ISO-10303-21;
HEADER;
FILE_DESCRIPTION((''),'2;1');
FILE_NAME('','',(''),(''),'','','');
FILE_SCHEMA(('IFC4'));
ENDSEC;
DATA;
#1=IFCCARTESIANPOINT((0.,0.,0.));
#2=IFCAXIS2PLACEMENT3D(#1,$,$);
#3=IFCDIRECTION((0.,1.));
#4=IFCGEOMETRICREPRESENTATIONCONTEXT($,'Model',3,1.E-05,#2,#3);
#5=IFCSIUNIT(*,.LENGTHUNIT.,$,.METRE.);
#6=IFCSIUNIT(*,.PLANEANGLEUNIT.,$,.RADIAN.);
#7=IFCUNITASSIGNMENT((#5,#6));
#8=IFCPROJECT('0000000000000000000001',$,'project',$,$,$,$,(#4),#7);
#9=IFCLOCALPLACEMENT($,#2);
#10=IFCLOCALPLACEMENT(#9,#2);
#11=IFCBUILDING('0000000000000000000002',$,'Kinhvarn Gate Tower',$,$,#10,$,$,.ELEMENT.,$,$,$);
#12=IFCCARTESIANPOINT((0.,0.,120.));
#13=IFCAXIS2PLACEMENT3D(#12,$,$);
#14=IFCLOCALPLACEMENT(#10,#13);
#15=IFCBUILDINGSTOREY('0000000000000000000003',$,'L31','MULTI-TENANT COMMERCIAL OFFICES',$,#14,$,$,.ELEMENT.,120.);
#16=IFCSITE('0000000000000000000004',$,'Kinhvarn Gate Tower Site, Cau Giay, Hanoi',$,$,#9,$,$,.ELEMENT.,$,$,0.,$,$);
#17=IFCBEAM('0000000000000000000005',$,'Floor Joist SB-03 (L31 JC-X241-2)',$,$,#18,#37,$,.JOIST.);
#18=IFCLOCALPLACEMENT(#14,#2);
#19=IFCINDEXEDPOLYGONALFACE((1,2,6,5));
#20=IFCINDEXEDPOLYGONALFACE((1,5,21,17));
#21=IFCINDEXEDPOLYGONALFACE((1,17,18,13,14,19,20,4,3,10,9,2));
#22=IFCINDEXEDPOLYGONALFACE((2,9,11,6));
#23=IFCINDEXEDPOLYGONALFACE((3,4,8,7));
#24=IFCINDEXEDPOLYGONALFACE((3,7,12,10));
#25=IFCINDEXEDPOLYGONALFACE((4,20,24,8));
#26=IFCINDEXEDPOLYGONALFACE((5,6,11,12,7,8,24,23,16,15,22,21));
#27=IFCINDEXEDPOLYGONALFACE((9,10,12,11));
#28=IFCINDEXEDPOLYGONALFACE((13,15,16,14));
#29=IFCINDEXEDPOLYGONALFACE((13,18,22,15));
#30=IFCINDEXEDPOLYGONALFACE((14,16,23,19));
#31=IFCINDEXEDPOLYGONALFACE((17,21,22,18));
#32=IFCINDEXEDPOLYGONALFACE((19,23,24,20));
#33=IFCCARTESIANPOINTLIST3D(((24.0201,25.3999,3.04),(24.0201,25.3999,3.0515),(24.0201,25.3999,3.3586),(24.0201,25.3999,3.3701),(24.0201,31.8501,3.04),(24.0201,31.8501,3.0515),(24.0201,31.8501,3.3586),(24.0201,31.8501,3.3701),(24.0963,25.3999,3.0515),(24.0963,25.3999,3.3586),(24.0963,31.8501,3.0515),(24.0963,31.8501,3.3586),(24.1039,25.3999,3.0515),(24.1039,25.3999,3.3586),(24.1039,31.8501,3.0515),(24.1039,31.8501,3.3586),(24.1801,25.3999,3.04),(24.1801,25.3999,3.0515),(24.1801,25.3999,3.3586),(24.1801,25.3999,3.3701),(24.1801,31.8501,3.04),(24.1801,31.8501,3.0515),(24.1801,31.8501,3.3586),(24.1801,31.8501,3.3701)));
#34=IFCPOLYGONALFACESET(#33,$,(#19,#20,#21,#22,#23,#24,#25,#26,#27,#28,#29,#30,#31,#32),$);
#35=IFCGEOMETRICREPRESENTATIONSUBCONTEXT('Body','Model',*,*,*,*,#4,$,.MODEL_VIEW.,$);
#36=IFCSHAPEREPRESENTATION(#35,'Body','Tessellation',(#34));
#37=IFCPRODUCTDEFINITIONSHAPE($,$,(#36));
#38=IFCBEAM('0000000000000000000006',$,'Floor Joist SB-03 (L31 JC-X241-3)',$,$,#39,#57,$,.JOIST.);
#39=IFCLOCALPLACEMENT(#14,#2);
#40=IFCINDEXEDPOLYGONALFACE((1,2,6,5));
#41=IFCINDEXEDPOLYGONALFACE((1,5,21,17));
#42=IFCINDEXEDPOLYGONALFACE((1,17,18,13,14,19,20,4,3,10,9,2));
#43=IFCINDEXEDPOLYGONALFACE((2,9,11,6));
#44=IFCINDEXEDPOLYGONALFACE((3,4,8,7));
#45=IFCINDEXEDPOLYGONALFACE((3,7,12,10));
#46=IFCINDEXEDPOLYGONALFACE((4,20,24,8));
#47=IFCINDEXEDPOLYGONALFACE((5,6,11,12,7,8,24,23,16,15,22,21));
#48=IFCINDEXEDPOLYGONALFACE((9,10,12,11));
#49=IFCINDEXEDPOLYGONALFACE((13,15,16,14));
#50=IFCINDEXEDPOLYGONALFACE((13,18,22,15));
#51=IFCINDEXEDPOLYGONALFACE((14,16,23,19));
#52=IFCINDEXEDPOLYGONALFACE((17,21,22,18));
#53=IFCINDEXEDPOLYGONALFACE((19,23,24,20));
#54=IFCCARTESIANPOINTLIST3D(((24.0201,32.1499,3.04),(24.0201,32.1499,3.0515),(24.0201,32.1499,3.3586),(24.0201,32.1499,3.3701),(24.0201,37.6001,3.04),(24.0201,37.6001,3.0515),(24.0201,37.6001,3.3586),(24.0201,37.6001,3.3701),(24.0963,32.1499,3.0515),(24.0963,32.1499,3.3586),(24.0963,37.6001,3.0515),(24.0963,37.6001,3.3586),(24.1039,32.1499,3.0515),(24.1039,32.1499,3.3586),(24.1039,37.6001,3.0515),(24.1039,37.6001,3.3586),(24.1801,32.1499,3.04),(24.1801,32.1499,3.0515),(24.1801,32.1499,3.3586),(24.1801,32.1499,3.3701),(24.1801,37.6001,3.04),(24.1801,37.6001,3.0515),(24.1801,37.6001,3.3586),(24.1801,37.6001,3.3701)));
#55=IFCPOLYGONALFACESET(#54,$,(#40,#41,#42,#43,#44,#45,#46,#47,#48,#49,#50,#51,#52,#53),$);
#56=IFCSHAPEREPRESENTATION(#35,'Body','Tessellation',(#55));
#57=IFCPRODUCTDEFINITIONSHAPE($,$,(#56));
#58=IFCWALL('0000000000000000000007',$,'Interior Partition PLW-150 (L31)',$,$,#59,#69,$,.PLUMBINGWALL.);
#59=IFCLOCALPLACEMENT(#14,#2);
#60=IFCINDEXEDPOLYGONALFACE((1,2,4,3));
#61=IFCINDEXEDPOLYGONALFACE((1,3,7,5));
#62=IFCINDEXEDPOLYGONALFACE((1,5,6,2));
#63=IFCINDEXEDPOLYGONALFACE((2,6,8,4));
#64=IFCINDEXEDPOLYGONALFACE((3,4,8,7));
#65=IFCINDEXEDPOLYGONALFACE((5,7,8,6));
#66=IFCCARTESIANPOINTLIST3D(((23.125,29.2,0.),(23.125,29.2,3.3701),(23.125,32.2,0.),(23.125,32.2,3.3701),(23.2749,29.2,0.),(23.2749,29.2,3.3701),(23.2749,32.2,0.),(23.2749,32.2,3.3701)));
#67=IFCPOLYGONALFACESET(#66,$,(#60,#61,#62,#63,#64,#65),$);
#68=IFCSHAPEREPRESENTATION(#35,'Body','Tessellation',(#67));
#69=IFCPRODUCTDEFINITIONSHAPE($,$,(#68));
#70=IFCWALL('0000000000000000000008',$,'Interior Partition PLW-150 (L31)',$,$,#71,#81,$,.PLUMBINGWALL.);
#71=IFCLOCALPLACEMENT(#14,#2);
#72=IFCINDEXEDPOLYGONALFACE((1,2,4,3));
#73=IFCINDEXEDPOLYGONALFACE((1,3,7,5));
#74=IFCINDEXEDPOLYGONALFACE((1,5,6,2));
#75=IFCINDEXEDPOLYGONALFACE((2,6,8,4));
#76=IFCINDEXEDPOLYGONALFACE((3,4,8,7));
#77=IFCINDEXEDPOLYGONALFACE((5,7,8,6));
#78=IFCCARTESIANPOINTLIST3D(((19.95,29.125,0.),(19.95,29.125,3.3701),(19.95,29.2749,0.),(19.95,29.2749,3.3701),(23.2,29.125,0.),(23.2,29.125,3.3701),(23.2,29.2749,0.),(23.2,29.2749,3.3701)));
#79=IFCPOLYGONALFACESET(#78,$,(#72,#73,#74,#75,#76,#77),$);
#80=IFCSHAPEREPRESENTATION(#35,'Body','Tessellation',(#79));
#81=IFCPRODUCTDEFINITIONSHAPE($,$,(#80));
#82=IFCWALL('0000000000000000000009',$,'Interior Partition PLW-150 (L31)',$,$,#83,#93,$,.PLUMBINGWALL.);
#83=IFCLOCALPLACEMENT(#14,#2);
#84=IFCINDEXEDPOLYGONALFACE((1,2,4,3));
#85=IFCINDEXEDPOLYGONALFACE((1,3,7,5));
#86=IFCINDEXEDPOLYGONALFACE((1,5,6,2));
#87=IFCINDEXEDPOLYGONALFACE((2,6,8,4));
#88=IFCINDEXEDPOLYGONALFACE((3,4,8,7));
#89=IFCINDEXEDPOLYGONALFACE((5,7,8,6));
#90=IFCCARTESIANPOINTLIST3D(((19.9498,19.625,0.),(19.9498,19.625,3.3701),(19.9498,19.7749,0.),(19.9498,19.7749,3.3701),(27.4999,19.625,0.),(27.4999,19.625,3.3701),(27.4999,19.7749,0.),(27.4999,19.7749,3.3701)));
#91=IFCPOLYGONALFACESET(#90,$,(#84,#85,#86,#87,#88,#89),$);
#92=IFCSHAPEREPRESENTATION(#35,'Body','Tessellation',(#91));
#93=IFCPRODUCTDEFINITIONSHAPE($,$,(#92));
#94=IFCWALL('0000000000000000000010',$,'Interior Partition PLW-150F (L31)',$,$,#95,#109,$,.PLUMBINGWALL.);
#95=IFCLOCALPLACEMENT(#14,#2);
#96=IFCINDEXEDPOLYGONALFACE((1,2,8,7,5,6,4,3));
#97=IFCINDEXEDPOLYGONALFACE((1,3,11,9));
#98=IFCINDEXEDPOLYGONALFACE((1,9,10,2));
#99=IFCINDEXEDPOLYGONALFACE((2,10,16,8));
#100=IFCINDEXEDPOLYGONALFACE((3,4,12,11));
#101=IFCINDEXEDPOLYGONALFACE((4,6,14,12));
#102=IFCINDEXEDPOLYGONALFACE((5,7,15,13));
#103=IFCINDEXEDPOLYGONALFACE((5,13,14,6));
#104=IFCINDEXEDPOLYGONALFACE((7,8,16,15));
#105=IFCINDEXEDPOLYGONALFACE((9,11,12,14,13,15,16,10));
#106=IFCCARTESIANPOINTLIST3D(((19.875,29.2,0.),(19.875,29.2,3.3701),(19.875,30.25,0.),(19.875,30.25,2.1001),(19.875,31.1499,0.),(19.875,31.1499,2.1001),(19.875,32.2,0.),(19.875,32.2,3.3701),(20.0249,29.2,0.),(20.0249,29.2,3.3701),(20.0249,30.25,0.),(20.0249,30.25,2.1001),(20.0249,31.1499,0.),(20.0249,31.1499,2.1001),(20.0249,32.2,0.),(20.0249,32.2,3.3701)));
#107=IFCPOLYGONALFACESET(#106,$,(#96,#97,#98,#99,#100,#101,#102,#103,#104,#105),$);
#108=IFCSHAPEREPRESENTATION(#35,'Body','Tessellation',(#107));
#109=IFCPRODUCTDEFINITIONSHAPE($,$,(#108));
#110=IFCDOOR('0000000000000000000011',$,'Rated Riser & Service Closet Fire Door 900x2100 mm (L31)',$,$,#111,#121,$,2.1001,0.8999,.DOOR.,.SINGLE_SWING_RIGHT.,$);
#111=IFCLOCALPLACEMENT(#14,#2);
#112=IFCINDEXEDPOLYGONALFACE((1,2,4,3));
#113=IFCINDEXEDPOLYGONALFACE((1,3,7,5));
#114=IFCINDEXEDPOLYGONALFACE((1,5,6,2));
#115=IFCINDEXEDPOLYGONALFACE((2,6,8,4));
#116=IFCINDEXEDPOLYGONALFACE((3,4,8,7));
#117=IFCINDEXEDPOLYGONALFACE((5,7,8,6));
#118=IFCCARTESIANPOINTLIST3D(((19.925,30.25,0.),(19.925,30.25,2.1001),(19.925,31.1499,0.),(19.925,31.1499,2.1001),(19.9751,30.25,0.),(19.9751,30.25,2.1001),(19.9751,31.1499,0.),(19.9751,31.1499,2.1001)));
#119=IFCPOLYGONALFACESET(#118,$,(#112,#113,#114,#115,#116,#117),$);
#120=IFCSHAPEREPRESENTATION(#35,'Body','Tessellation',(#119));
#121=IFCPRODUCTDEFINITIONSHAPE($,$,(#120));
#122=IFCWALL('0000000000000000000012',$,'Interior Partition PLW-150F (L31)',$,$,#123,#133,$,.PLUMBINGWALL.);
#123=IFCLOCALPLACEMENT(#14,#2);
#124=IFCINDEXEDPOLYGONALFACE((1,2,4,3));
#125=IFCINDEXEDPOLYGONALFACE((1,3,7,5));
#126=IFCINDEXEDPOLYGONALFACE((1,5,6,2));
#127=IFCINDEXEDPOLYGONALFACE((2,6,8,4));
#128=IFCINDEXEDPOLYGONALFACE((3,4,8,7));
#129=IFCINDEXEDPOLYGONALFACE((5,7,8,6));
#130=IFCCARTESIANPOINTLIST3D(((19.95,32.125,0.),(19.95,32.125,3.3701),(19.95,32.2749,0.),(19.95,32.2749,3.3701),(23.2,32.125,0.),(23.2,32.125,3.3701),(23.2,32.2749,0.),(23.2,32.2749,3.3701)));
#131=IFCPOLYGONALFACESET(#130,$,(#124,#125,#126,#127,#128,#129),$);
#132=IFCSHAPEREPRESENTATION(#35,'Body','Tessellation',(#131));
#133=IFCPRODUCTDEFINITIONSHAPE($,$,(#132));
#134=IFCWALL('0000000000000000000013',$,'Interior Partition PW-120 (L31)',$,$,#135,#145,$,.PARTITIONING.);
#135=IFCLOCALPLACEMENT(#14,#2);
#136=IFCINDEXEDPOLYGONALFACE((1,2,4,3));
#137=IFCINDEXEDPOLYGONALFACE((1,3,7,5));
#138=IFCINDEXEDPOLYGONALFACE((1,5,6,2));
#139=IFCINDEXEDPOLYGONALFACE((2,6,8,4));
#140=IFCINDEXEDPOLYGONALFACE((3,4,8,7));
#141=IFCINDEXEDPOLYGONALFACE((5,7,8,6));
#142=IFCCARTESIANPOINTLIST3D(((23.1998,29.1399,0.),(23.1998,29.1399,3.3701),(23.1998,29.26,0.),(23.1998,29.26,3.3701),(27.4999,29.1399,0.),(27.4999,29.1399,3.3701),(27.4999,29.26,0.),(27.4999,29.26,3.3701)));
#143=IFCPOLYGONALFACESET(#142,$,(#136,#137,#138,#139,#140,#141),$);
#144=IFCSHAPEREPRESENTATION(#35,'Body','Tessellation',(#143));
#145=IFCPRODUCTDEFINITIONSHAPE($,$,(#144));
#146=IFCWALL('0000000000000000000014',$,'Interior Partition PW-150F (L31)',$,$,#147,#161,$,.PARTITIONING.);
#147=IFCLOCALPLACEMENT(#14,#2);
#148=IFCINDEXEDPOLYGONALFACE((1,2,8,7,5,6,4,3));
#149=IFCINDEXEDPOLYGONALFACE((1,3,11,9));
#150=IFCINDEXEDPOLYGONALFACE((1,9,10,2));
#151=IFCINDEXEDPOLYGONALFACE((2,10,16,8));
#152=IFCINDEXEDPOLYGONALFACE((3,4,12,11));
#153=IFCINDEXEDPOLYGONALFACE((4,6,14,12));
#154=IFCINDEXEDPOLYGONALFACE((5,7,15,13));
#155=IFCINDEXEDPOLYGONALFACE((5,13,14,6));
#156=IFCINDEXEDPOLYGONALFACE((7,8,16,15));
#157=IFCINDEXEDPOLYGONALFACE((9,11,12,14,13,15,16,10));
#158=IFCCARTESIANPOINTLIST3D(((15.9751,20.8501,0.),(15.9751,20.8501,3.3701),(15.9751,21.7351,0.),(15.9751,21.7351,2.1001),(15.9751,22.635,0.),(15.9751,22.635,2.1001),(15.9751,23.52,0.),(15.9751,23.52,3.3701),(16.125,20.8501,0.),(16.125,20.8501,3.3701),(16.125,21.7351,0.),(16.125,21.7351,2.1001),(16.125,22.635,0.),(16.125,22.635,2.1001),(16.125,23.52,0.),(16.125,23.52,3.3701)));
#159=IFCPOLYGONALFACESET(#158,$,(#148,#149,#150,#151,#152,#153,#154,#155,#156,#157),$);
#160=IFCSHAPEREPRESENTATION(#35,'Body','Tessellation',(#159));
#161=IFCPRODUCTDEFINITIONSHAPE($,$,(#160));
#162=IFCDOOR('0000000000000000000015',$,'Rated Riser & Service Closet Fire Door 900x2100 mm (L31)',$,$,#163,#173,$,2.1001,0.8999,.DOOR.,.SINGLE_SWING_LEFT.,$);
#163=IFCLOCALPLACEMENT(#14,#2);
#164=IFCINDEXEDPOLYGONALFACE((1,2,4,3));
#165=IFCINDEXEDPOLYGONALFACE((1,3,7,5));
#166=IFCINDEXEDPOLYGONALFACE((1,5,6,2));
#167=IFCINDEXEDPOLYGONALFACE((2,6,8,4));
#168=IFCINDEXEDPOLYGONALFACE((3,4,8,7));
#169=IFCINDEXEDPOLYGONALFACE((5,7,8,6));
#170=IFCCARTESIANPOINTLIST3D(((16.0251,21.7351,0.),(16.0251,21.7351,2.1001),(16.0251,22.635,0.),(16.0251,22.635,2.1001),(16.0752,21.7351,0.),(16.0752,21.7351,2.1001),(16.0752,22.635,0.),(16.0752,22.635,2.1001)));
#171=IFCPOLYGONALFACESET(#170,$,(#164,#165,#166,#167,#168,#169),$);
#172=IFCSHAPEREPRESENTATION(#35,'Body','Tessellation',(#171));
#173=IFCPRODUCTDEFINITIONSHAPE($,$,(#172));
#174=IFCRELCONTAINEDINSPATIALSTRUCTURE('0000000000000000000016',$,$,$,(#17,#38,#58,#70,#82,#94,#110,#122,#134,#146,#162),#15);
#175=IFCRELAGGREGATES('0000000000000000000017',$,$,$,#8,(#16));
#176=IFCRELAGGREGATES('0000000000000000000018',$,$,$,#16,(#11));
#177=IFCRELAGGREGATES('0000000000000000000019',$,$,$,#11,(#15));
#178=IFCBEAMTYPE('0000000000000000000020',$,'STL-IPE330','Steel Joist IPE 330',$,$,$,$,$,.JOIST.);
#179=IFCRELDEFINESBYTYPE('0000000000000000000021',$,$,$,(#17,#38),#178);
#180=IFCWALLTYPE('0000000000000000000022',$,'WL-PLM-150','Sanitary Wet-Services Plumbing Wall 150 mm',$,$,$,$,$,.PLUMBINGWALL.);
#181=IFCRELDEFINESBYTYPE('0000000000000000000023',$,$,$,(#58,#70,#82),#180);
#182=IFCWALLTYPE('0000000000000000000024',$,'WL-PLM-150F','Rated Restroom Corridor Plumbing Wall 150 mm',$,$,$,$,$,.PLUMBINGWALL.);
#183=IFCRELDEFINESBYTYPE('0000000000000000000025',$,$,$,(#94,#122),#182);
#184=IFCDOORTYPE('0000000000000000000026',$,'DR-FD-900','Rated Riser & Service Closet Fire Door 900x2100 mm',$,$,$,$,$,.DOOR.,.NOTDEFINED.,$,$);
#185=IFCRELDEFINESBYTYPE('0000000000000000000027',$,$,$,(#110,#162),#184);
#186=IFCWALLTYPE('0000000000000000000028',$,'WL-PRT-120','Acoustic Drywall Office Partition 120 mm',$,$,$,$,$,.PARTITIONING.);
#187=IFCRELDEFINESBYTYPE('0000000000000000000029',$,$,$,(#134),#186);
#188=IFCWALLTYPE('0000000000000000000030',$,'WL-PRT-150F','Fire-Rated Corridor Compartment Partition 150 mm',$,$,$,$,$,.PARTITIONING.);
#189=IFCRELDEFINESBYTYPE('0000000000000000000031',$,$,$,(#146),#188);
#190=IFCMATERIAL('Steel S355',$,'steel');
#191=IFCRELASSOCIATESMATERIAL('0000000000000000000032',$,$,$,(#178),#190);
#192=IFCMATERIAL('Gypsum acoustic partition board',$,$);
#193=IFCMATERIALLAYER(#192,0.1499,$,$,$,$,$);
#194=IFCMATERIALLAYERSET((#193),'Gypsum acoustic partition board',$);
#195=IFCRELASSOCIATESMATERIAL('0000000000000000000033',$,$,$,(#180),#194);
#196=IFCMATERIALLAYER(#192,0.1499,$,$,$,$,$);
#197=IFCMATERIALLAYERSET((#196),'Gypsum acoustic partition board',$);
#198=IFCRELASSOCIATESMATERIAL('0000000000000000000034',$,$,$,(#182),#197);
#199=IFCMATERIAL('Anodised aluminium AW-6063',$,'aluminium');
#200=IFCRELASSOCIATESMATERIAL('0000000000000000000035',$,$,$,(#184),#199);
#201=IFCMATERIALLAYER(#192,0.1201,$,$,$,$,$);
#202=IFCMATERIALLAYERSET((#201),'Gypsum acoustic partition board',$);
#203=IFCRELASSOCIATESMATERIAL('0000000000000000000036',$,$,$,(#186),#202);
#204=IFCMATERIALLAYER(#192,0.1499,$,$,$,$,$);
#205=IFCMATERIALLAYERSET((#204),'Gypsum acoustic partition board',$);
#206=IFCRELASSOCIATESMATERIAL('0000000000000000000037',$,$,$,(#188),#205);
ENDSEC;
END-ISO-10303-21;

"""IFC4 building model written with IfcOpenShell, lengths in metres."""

from ifc_helpers import new_model, si_unit, direction, frame, frame_2d, origin, origin_2d, place, context, subcontext, project, spatial, rectangle, i_section, extrude, material, layer, layer_set, material_profile, profile_set, type_object, element, fill, save


model = new_model("IFC4")

# Units and contexts
model_context = context("Model", 3, precision=1e-05, world=origin(), true_north=direction((0.0, 1.0)))
body_context = subcontext(model_context, "Body", "Model", "MODEL_VIEW")
ifc_project = project(units=[si_unit("LENGTHUNIT", "METRE"), si_unit("PLANEANGLEUNIT", "RADIAN")], contexts=[model_context])

# Site, building, storey
site_placement = place(None, origin())
site = spatial("IfcSite", under=ifc_project, at=site_placement, Name="Kinhvarn Gate Tower Site, Cau Giay, Hanoi", CompositionType="ELEMENT", RefElevation=0.0)
building_placement = place(site_placement, origin())
building = spatial("IfcBuilding", under=site, at=building_placement, Name="Kinhvarn Gate Tower", CompositionType="ELEMENT")
storey_placement = place(building_placement, frame((0.0, 0.0, 120.0)))
storey = spatial("IfcBuildingStorey", under=building, at=storey_placement, Name="L31", Description="MULTI-TENANT COMMERCIAL OFFICES", CompositionType="ELEMENT", Elevation=120.0)

# Beams
ifc_material_1 = material(Name="Steel S355", Category="steel")
ifc_material_profile_1 = material_profile(ifc_material_1, i_section(OverallWidth=0.1599, OverallDepth=0.3301, WebThickness=0.0076, FlangeThickness=0.0115, at=origin_2d()), Name="IPE 330")
ifc_profile_set_1 = profile_set([ifc_material_profile_1], Name="Steel S355")
beam_type_1 = type_object("IfcBeamType", Name="STL-IPE330", Description="Steel Joist IPE 330", PredefinedType="JOIST", material=ifc_profile_set_1)
beam_1_placement = place(storey_placement, frame((24.1001, 25.3999, 3.2051), z_axis=(0.0, 1.0, 0.0), x_axis=(-1.0, 0.0, 0.0)))
element("IfcBeam", 1, at=beam_1_placement, inside=storey, type_object=beam_type_1, Name="Floor Joist SB-03 (L31 JC-X241-2)", PredefinedType="JOIST", context=body_context, shape_type="SweptSolid", body=[
    extrude(i_section(OverallWidth=0.1599, OverallDepth=0.3301, WebThickness=0.0076, FlangeThickness=0.0115, at=origin_2d()), origin(), (0.0, 0.0, 1.0), 6.4502),
])
beam_2_placement = place(storey_placement, frame((24.1001, 32.1499, 3.2051), z_axis=(0.0, 1.0, 0.0), x_axis=(-1.0, 0.0, 0.0)))
element("IfcBeam", 2, at=beam_2_placement, inside=storey, type_object=beam_type_1, Name="Floor Joist SB-03 (L31 JC-X241-3)", PredefinedType="JOIST", context=body_context, shape_type="SweptSolid", body=[
    extrude(i_section(OverallWidth=0.1599, OverallDepth=0.3301, WebThickness=0.0076, FlangeThickness=0.0115, at=origin_2d()), origin(), (0.0, 0.0, 1.0), 5.4502),
])

# Shared definitions
ifc_material_2 = material(Name="Anodised aluminium AW-6063", Category="aluminium")

# Walls
ifc_material_3 = material(Name="Gypsum acoustic partition board")
ifc_layer_1 = layer(ifc_material_3, 0.1499)
ifc_layer_set_1 = layer_set([ifc_layer_1], Name="Gypsum acoustic partition board")
wall_type_1 = type_object("IfcWallType", Name="WL-PLM-150", Description="Sanitary Wet-Services Plumbing Wall 150 mm", PredefinedType="PLUMBINGWALL", material=ifc_layer_set_1)
wall_1_placement = place(storey_placement, frame((23.2, 29.2, 0.0), z_axis=(0.0, 0.0, 1.0), x_axis=(0.0, 1.0, 0.0)))
element("IfcWall", 3, at=wall_1_placement, inside=storey, type_object=wall_type_1, Name="Interior Partition PLW-150 (L31)", PredefinedType="PLUMBINGWALL", context=body_context, shape_type="SweptSolid", body=[
    extrude(rectangle(XDim=3.0, YDim=0.1499, at=frame_2d((1.5, 0.0))), origin(), (0.0, 0.0, 1.0), 3.3701),
])
wall_2_placement = place(storey_placement, frame((19.95, 29.2, 0.0), z_axis=(0.0, 0.0, 1.0), x_axis=(1.0, 0.0, 0.0)))
element("IfcWall", 4, at=wall_2_placement, inside=storey, type_object=wall_type_1, Name="Interior Partition PLW-150 (L31)", PredefinedType="PLUMBINGWALL", context=body_context, shape_type="SweptSolid", body=[
    extrude(rectangle(XDim=3.25, YDim=0.1499, at=frame_2d((1.625, 0.0))), origin(), (0.0, 0.0, 1.0), 3.3701),
])
wall_3_placement = place(storey_placement, frame((19.95, 19.7, 0.0), z_axis=(0.0, 0.0, 1.0), x_axis=(1.0, 0.0, 0.0)))
element("IfcWall", 5, at=wall_3_placement, inside=storey, type_object=wall_type_1, Name="Interior Partition PLW-150 (L31)", PredefinedType="PLUMBINGWALL", context=body_context, shape_type="SweptSolid", body=[
    extrude(rectangle(XDim=7.55, YDim=0.1499, at=frame_2d((3.7749, 0.0))), origin(), (0.0, 0.0, 1.0), 3.3701),
])

# Wall, opening, door
ifc_layer_2 = layer(ifc_material_3, 0.1499)
ifc_layer_set_2 = layer_set([ifc_layer_2], Name="Gypsum acoustic partition board")
wall_type_2 = type_object("IfcWallType", Name="WL-PLM-150F", Description="Rated Restroom Corridor Plumbing Wall 150 mm", PredefinedType="PLUMBINGWALL", material=ifc_layer_set_2)
wall_4_placement = place(storey_placement, frame((19.95, 29.2, 0.0), z_axis=(0.0, 0.0, 1.0), x_axis=(0.0, 1.0, 0.0)))
wall_4 = element("IfcWall", 6, at=wall_4_placement, inside=storey, type_object=wall_type_2, Name="Interior Partition PLW-150F (L31)", PredefinedType="PLUMBINGWALL", context=body_context, shape_type="SweptSolid", body=[
    extrude(rectangle(XDim=3.0, YDim=0.1499, at=frame_2d((1.5, 0.0))), origin(), (0.0, 0.0, 1.0), 3.3701),
])
opening_1_placement = place(wall_4_placement, frame((1.05, 0.0, 0.0)))
opening_1 = element("IfcOpeningElement", 7, at=opening_1_placement, cuts=wall_4, PredefinedType="OPENING", context=body_context, shape_type="SweptSolid", body=[
    extrude(rectangle(XDim=0.8999, YDim=2.1001, at=frame_2d((0.45, 1.05))), frame((0.0, 0.085, 0.0), z_axis=(0.0, -1.0, 0.0), x_axis=(1.0, 0.0, 0.0)), (0.0, 0.0, 1.0), 0.1699),
])
door_type_1 = type_object("IfcDoorType", Name="DR-FD-900", Description="Rated Riser & Service Closet Fire Door 900x2100 mm", OperationType="NOTDEFINED", PredefinedType="DOOR", material=ifc_material_2)
door_1_placement = place(opening_1_placement, origin())
door_1 = element("IfcDoor", 8, at=door_1_placement, inside=storey, type_object=door_type_1, Name="Rated Riser & Service Closet Fire Door 900x2100 mm (L31)", OperationType="SINGLE_SWING_RIGHT", OverallHeight=2.1001, OverallWidth=0.8999, PredefinedType="DOOR", context=body_context, shape_type="SweptSolid", body=[
    extrude(rectangle(XDim=0.8999, YDim=2.1001, at=frame_2d((0.45, 1.05))), frame((0.0, 0.0249, 0.0), z_axis=(0.0, -1.0, 0.0), x_axis=(1.0, 0.0, 0.0)), (0.0, 0.0, 1.0), 0.05),
])
fill(opening_1, door_1)

# Walls
wall_5_placement = place(storey_placement, frame((19.95, 32.2, 0.0), z_axis=(0.0, 0.0, 1.0), x_axis=(1.0, 0.0, 0.0)))
element("IfcWall", 9, at=wall_5_placement, inside=storey, type_object=wall_type_2, Name="Interior Partition PLW-150F (L31)", PredefinedType="PLUMBINGWALL", context=body_context, shape_type="SweptSolid", body=[
    extrude(rectangle(XDim=3.25, YDim=0.1499, at=frame_2d((1.625, 0.0))), origin(), (0.0, 0.0, 1.0), 3.3701),
])
ifc_layer_3 = layer(ifc_material_3, 0.1201)
ifc_layer_set_3 = layer_set([ifc_layer_3], Name="Gypsum acoustic partition board")
wall_type_3 = type_object("IfcWallType", Name="WL-PRT-120", Description="Acoustic Drywall Office Partition 120 mm", PredefinedType="PARTITIONING", material=ifc_layer_set_3)
wall_6_placement = place(storey_placement, frame((23.2, 29.2, 0.0), z_axis=(0.0, 0.0, 1.0), x_axis=(1.0, 0.0, 0.0)))
element("IfcWall", 10, at=wall_6_placement, inside=storey, type_object=wall_type_3, Name="Interior Partition PW-120 (L31)", PredefinedType="PARTITIONING", context=body_context, shape_type="SweptSolid", body=[
    extrude(rectangle(XDim=4.3, YDim=0.1201, at=frame_2d((2.1499, 0.0))), origin(), (0.0, 0.0, 1.0), 3.3701),
])

# Wall, opening, door
ifc_layer_4 = layer(ifc_material_3, 0.1499)
ifc_layer_set_4 = layer_set([ifc_layer_4], Name="Gypsum acoustic partition board")
wall_type_4 = type_object("IfcWallType", Name="WL-PRT-150F", Description="Fire-Rated Corridor Compartment Partition 150 mm", PredefinedType="PARTITIONING", material=ifc_layer_set_4)
wall_7_placement = place(storey_placement, frame((16.05, 20.8501, 0.0), z_axis=(0.0, 0.0, 1.0), x_axis=(0.0, 1.0, 0.0)))
wall_7 = element("IfcWall", 11, at=wall_7_placement, inside=storey, type_object=wall_type_4, Name="Interior Partition PW-150F (L31)", PredefinedType="PARTITIONING", context=body_context, shape_type="SweptSolid", body=[
    extrude(rectangle(XDim=2.6699, YDim=0.1499, at=frame_2d((1.335, 0.0))), origin(), (0.0, 0.0, 1.0), 3.3701),
])
opening_2_placement = place(wall_7_placement, frame((0.885, 0.0, 0.0)))
opening_2 = element("IfcOpeningElement", 12, at=opening_2_placement, cuts=wall_7, PredefinedType="OPENING", context=body_context, shape_type="SweptSolid", body=[
    extrude(rectangle(XDim=0.8999, YDim=2.1001, at=frame_2d((0.45, 1.05))), frame((0.0, 0.085, 0.0), z_axis=(0.0, -1.0, 0.0), x_axis=(1.0, 0.0, 0.0)), (0.0, 0.0, 1.0), 0.1699),
])
door_2_placement = place(opening_2_placement, origin())
door_2 = element("IfcDoor", 13, at=door_2_placement, inside=storey, type_object=door_type_1, Name="Rated Riser & Service Closet Fire Door 900x2100 mm (L31)", OperationType="SINGLE_SWING_LEFT", OverallHeight=2.1001, OverallWidth=0.8999, PredefinedType="DOOR", context=body_context, shape_type="SweptSolid", body=[
    extrude(rectangle(XDim=0.8999, YDim=2.1001, at=frame_2d((0.45, 1.05))), frame((0.0, 0.0249, 0.0), z_axis=(0.0, -1.0, 0.0), x_axis=(1.0, 0.0, 0.0)), (0.0, 0.0, 1.0), 0.05),
])
fill(opening_2, door_2)

save(model, "model.ifc")
